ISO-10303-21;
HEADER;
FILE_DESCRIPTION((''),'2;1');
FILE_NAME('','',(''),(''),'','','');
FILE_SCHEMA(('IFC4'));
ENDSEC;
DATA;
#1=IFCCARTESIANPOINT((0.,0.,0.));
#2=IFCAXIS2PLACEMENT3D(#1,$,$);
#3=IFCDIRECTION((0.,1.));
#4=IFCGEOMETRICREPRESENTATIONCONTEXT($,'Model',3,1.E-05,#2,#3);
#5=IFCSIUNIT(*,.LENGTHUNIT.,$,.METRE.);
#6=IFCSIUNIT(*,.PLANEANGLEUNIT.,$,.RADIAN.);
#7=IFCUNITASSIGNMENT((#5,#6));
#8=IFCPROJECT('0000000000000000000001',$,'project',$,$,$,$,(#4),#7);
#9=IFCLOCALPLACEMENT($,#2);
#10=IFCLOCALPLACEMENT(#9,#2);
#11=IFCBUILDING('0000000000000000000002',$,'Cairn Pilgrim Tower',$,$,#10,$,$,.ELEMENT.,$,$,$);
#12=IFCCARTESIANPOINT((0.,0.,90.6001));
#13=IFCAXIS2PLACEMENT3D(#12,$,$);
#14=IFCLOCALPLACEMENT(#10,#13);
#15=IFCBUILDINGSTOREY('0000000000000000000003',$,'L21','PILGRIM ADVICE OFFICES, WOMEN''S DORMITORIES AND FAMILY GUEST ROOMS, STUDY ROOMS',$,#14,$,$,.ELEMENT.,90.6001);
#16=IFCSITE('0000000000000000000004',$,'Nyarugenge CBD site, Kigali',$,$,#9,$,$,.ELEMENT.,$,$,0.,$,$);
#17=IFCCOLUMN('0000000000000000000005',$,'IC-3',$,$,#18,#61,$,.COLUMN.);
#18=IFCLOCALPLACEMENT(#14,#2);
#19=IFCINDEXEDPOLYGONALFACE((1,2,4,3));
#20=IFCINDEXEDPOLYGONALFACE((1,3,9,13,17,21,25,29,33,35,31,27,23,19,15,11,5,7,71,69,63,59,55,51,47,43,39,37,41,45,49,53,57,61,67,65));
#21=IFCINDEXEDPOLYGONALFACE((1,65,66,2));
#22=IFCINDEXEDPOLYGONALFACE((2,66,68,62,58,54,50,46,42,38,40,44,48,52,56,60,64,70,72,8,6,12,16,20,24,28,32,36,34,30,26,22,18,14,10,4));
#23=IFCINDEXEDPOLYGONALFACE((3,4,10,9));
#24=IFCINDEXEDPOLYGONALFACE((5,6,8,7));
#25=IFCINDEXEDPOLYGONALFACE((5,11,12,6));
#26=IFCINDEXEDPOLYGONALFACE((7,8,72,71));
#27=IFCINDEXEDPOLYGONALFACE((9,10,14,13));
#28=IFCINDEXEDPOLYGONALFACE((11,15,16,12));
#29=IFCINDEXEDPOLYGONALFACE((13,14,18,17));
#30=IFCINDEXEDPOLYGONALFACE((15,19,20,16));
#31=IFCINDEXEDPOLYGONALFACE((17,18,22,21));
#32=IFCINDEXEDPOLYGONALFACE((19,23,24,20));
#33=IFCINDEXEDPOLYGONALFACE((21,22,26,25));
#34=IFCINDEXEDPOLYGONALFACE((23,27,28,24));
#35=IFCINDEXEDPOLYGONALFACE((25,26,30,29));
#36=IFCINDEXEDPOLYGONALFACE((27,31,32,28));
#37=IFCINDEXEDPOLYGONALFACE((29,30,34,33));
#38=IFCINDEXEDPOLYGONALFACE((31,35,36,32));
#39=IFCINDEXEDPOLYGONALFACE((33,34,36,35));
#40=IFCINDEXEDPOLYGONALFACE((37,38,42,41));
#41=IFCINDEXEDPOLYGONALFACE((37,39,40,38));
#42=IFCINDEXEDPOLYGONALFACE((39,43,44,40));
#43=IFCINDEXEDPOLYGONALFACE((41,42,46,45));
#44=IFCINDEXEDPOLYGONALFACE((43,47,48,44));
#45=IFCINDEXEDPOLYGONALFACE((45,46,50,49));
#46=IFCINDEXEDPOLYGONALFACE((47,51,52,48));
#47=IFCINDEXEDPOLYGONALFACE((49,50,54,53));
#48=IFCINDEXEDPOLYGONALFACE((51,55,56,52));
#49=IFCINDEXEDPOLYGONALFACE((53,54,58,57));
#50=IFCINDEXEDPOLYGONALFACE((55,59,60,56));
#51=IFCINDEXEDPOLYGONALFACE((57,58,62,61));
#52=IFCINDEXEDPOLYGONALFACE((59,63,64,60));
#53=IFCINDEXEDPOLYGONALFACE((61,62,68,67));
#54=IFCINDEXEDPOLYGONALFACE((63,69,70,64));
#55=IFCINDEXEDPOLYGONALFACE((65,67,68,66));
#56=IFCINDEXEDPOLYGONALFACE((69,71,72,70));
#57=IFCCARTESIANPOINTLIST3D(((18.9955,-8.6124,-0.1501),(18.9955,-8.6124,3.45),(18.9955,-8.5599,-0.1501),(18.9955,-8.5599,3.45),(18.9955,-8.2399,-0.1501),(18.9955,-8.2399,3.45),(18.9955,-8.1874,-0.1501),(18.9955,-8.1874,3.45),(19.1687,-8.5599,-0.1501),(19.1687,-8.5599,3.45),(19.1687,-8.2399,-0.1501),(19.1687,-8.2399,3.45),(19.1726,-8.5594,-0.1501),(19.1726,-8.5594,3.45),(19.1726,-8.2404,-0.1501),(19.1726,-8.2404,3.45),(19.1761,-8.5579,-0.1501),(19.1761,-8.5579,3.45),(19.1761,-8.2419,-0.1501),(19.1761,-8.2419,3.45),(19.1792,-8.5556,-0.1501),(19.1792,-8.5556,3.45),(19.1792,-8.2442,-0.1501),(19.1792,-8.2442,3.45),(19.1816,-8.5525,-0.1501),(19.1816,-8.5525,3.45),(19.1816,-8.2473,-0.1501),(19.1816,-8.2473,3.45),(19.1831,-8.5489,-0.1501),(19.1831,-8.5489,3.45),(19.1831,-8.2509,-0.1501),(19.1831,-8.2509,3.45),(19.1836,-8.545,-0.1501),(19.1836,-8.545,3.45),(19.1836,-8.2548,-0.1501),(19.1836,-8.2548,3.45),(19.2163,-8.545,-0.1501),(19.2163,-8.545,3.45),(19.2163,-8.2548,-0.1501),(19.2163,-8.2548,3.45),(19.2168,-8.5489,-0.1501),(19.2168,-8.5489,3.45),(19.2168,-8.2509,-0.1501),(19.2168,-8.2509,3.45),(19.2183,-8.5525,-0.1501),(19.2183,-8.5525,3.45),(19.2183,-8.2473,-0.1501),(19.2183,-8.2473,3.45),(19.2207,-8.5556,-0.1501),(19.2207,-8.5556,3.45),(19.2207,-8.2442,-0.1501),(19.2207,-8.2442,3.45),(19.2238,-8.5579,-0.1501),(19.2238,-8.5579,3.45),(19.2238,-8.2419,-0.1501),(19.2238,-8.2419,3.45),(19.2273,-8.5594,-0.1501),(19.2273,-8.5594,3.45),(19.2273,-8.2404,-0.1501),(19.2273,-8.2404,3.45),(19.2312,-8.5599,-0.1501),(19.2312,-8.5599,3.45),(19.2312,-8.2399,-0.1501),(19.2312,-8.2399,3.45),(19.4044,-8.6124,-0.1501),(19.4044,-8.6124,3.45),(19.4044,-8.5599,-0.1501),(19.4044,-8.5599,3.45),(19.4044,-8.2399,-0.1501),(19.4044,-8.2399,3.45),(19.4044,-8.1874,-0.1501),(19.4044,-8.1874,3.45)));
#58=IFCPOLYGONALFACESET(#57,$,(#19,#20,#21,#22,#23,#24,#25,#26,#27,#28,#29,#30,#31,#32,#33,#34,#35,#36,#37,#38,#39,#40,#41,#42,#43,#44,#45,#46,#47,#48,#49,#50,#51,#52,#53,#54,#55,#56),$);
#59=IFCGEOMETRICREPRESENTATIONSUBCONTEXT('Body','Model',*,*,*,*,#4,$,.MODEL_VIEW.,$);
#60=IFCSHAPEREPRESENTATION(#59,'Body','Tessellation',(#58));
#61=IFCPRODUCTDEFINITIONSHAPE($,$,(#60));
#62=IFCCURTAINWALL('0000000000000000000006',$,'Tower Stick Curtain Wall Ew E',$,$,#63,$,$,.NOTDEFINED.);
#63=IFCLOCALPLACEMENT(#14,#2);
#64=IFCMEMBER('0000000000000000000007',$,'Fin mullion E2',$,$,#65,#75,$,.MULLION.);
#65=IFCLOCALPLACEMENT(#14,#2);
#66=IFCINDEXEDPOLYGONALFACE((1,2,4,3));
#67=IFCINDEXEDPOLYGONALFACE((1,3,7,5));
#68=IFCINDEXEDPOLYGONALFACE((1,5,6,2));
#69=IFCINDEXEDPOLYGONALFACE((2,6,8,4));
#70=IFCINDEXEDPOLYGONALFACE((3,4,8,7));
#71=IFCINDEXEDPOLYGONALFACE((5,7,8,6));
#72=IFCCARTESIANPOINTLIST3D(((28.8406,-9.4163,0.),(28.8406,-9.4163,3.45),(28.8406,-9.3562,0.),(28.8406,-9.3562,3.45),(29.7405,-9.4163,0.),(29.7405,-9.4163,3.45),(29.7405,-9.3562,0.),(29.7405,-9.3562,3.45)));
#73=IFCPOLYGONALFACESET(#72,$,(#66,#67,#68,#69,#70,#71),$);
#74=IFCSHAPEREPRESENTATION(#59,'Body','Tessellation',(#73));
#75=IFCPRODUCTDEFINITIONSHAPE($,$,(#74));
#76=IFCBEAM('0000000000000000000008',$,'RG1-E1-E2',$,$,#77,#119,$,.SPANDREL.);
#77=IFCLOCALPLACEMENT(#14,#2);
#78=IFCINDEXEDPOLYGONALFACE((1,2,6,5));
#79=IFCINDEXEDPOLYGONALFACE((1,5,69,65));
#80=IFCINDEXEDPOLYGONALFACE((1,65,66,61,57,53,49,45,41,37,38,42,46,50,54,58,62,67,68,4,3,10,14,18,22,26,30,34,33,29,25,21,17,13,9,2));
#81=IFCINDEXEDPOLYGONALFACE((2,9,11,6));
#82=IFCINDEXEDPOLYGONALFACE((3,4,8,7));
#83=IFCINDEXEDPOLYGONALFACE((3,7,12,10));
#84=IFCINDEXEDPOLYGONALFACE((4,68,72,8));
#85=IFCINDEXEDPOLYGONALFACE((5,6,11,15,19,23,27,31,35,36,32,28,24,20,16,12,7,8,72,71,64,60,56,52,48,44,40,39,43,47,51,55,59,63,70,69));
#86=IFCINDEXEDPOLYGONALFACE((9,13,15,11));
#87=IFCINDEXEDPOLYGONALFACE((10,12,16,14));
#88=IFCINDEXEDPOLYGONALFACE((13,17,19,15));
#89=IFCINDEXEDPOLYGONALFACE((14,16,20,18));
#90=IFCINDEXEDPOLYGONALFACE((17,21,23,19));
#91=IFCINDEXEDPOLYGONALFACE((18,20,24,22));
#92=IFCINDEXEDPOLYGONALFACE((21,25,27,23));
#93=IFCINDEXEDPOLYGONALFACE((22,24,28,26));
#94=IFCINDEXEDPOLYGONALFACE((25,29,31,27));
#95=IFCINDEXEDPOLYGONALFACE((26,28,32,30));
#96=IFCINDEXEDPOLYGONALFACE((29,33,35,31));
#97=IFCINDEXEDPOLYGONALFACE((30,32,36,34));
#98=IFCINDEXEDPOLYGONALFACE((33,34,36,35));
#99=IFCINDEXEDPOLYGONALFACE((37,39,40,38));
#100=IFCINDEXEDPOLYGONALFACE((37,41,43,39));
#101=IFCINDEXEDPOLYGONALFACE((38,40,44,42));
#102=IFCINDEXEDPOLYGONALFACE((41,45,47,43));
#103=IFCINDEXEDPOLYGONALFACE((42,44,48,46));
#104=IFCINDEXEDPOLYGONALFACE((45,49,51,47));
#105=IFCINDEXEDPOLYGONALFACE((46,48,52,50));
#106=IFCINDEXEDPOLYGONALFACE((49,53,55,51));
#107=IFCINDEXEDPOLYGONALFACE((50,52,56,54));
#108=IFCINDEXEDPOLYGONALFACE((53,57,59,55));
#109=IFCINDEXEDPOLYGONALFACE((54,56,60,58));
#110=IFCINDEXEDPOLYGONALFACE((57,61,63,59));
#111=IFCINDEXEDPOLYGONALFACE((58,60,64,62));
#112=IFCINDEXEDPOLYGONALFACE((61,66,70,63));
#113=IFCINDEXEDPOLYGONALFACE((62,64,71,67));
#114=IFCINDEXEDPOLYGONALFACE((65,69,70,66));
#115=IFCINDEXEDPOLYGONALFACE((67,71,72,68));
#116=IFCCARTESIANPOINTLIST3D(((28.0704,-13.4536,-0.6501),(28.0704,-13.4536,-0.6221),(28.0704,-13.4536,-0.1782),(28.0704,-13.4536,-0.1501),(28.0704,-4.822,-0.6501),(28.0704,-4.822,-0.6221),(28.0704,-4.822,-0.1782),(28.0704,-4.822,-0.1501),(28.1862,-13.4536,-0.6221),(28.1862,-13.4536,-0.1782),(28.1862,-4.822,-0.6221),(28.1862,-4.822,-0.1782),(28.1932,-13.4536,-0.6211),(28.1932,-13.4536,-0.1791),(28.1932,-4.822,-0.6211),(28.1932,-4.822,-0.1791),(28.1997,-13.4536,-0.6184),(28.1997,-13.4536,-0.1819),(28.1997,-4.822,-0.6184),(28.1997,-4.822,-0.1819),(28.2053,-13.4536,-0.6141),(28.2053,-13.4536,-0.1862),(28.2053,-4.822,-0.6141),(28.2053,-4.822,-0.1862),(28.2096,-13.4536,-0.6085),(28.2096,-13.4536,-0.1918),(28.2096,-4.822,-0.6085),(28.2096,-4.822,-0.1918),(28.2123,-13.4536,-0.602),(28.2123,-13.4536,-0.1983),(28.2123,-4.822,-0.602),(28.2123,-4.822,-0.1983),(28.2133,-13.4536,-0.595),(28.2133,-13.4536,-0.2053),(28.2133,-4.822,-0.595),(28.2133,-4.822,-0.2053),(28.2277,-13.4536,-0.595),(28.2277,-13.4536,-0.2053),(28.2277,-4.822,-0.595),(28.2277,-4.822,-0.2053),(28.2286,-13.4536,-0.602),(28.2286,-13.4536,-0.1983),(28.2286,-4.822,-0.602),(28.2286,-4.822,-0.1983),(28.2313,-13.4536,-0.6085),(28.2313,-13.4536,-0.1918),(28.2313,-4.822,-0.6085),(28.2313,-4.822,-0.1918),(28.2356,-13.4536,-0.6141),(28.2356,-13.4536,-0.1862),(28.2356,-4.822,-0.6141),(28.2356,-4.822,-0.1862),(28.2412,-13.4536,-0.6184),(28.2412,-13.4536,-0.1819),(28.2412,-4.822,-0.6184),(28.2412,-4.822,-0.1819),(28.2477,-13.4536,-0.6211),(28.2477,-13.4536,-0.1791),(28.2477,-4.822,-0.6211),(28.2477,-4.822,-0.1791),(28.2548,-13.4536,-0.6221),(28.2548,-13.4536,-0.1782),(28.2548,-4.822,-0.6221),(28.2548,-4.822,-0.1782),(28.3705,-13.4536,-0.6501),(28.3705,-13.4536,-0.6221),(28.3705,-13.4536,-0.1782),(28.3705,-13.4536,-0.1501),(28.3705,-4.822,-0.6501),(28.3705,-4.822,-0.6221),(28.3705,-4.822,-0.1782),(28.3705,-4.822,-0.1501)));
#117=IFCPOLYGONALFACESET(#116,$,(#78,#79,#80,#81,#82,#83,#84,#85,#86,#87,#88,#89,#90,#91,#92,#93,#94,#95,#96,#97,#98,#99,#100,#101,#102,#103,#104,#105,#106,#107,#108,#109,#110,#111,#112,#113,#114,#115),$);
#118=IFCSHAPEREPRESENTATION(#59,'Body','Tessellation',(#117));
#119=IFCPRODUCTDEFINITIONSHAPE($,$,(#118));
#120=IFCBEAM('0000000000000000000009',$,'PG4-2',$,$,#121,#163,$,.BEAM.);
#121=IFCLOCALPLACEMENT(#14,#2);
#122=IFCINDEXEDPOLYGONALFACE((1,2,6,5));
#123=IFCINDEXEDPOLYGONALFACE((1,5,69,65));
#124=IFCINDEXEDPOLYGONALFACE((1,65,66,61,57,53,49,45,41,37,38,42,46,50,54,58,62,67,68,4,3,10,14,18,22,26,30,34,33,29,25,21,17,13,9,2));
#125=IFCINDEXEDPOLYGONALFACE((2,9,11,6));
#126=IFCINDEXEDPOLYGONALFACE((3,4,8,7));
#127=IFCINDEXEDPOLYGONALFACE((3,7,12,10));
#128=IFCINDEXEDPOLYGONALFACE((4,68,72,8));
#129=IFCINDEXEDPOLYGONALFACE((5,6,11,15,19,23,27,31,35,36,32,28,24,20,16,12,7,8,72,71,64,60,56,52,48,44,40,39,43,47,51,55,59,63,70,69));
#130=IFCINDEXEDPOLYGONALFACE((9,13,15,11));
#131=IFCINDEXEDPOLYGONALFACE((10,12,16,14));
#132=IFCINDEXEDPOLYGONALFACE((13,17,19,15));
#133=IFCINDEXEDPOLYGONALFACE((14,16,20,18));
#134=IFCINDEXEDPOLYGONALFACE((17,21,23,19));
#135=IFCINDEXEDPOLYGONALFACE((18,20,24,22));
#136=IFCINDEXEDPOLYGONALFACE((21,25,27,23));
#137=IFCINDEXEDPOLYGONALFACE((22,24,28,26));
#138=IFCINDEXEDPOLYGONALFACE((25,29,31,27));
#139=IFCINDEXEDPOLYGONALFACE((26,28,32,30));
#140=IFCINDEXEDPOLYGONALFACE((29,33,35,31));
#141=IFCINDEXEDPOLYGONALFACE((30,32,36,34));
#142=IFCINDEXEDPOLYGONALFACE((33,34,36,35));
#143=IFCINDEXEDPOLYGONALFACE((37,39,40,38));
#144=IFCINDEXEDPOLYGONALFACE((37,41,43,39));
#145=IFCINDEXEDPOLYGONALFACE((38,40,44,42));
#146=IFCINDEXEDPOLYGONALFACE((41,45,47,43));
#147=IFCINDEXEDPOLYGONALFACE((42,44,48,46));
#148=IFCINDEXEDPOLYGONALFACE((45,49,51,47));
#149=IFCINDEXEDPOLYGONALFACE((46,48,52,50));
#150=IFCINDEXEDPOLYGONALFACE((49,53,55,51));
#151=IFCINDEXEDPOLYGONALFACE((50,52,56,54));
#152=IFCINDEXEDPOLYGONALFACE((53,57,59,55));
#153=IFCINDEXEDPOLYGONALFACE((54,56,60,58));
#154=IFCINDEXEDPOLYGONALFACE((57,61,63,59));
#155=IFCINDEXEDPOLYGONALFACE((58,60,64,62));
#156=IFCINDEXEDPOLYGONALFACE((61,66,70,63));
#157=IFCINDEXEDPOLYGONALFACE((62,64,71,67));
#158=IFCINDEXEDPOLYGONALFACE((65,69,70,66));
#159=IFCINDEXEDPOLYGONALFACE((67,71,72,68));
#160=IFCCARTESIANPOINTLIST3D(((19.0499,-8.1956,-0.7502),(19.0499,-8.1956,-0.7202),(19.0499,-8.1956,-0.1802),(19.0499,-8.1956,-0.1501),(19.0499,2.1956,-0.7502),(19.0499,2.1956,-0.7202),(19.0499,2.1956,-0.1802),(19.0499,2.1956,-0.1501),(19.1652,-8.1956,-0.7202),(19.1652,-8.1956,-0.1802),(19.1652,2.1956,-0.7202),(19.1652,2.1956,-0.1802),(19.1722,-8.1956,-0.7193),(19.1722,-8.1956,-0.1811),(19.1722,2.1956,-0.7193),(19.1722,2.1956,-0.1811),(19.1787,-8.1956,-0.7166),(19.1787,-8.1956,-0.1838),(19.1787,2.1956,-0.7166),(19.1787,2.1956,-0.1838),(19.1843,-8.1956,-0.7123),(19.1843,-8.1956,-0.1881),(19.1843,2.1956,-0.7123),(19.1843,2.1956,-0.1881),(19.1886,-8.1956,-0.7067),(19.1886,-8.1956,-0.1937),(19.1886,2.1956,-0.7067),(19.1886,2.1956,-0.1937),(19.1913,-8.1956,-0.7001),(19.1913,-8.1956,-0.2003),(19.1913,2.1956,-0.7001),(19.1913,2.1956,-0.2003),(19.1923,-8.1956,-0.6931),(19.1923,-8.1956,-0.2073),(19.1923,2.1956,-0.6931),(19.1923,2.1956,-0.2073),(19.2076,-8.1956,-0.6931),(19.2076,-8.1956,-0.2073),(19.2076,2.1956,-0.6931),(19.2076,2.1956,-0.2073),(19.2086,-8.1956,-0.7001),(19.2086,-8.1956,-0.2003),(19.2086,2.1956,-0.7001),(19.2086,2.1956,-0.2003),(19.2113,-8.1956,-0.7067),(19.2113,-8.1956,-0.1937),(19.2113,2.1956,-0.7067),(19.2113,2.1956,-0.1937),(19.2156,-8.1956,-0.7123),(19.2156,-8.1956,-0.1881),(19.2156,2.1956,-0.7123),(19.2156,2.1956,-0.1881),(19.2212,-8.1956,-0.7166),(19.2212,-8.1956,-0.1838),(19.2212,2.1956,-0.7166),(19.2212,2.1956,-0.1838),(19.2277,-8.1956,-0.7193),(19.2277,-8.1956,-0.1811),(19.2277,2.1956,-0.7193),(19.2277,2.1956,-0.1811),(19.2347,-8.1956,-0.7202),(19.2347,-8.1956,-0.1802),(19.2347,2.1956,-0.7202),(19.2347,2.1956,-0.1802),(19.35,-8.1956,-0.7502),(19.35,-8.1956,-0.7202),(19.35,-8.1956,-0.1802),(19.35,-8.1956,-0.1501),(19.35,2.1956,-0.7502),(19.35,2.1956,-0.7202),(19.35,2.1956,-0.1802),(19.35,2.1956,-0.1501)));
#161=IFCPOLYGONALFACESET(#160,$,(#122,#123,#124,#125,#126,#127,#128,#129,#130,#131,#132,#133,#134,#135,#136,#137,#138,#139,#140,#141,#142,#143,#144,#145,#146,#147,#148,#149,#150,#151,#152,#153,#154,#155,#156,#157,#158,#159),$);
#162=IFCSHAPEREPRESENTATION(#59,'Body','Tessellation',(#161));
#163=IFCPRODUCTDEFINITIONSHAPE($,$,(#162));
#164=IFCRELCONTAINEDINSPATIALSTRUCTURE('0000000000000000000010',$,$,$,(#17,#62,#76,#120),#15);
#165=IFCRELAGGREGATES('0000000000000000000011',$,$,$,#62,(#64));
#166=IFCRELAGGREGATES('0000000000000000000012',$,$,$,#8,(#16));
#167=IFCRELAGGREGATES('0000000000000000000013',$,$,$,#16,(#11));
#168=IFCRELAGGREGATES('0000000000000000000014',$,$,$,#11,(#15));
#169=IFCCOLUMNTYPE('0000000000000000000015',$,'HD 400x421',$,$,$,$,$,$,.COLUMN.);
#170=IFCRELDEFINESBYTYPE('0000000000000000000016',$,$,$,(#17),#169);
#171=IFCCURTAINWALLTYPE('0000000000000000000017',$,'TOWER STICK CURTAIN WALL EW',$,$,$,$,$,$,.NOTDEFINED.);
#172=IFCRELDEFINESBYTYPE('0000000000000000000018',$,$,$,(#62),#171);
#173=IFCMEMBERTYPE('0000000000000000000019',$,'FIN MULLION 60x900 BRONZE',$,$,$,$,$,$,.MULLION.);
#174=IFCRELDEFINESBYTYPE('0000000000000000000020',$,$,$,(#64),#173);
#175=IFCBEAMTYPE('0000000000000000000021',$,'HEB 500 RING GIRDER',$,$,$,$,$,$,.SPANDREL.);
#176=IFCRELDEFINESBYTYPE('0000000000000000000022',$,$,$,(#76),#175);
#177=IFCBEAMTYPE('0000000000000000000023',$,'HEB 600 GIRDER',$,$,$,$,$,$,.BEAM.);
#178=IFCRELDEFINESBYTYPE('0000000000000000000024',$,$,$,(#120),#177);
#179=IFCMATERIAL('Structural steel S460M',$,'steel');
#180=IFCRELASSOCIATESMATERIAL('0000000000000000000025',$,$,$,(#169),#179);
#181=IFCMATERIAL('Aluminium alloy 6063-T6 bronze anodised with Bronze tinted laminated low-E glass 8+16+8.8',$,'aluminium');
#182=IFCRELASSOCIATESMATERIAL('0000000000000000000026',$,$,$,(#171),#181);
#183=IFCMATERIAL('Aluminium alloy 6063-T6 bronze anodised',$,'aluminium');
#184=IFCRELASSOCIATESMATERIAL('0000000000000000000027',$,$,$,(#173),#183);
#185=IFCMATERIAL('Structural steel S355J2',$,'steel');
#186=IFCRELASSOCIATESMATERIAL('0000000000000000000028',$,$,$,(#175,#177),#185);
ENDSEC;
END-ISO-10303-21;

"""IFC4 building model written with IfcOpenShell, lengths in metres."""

from ifc_helpers import new_model, si_unit, direction, frame, origin, origin_2d, place, context, subcontext, project, spatial, rectangle, i_section, extrude, material, material_profile, profile_set, type_object, element, aggregate, save


model = new_model("IFC4")

# Units and contexts
model_context = context("Model", 3, precision=1e-05, world=origin(), true_north=direction((0.0, 1.0)))
body_context = subcontext(model_context, "Body", "Model", "MODEL_VIEW")
ifc_project = project(units=[si_unit("LENGTHUNIT", "METRE"), si_unit("PLANEANGLEUNIT", "RADIAN")], contexts=[model_context])

# Site, building, storey
site_placement = place(None, origin())
site = spatial("IfcSite", under=ifc_project, at=site_placement, Name="Nyarugenge CBD site, Kigali", CompositionType="ELEMENT", RefElevation=0.0)
building_placement = place(site_placement, origin())
building = spatial("IfcBuilding", under=site, at=building_placement, Name="Cairn Pilgrim Tower", CompositionType="ELEMENT")
storey_placement = place(building_placement, frame((0.0, 0.0, 90.6001)))
storey = spatial("IfcBuildingStorey", under=building, at=storey_placement, Name="L21", Description="PILGRIM ADVICE OFFICES, WOMEN'S DORMITORIES AND FAMILY GUEST ROOMS, STUDY ROOMS", CompositionType="ELEMENT", Elevation=90.6001)

# Column
ifc_material_1 = material(Name="Structural steel S460M", Category="steel")
ifc_material_profile_1 = material_profile(ifc_material_1, i_section(OverallWidth=0.4089, OverallDepth=0.425, WebThickness=0.0327, FlangeThickness=0.0525, FilletRadius=0.0149, at=origin_2d()), Name="HD 400x421")
ifc_profile_set_1 = profile_set([ifc_material_profile_1], Name="Structural steel S460M")
column_type_1 = type_object("IfcColumnType", Name="HD 400x421", PredefinedType="COLUMN", material=ifc_profile_set_1)
column_1_placement = place(storey_placement, frame((19.2, -8.3999, -0.1501), z_axis=(0.0, 0.0, 1.0), x_axis=(1.0, 0.0, 0.0)))
element("IfcColumn", 1, at=column_1_placement, inside=storey, type_object=column_type_1, Name="IC-3", PredefinedType="COLUMN", context=body_context, shape_type="SweptSolid", body=[
    extrude(i_section(OverallWidth=0.4089, OverallDepth=0.425, WebThickness=0.0327, FlangeThickness=0.0525, FilletRadius=0.0149, at=origin_2d()), origin(), (0.0, 0.0, 1.0), 3.6001),
])

# Curtain wall, member
ifc_material_2 = material(Name="Aluminium alloy 6063-T6 bronze anodised with Bronze tinted laminated low-E glass 8+16+8.8", Category="aluminium")
curtain_wall_type = type_object("IfcCurtainWallType", Name="TOWER STICK CURTAIN WALL EW", PredefinedType="NOTDEFINED", material=ifc_material_2)
curtain_wall_placement = place(storey_placement, origin())
curtain_wall = element("IfcCurtainWall", 2, at=curtain_wall_placement, inside=storey, type_object=curtain_wall_type, Name="Tower Stick Curtain Wall Ew E", PredefinedType="NOTDEFINED")
ifc_material_3 = material(Name="Aluminium alloy 6063-T6 bronze anodised", Category="aluminium")
ifc_material_profile_2 = material_profile(ifc_material_3, rectangle(XDim=0.8999, YDim=0.0601, at=origin_2d()), Name="FIN MULLION 60x900 BRONZE")
ifc_profile_set_2 = profile_set([ifc_material_profile_2], Name="Aluminium alloy 6063-T6 bronze anodised")
member_type_1 = type_object("IfcMemberType", Name="FIN MULLION 60x900 BRONZE", PredefinedType="MULLION", material=ifc_profile_set_2)
member_1_placement = place(storey_placement, frame((29.2905, -9.3862, 0.0), z_axis=(0.0, 0.0, 1.0), x_axis=(1.0, 0.0, 0.0)))
member_1 = element("IfcMember", 3, at=member_1_placement, type_object=member_type_1, Name="Fin mullion E2", PredefinedType="MULLION", context=body_context, shape_type="SweptSolid", body=[
    extrude(rectangle(XDim=0.8999, YDim=0.0601, at=origin_2d()), origin(), (0.0, 0.0, 1.0), 3.45),
])

# Beams
ifc_material_4 = material(Name="Structural steel S355J2", Category="steel")
ifc_material_profile_3 = material_profile(ifc_material_4, i_section(OverallWidth=0.3, OverallDepth=0.5, WebThickness=0.0144, FlangeThickness=0.0281, FilletRadius=0.0271, at=origin_2d()), Name="HEB 500")
ifc_profile_set_3 = profile_set([ifc_material_profile_3], Name="Structural steel S355J2")
beam_type_1 = type_object("IfcBeamType", Name="HEB 500 RING GIRDER", PredefinedType="SPANDREL", material=ifc_profile_set_3)
beam_1_placement = place(storey_placement, frame((28.2205, -13.4536, -0.4001), z_axis=(0.0, 1.0, 0.0), x_axis=(-1.0, 0.0, 0.0)))
element("IfcBeam", 4, at=beam_1_placement, inside=storey, type_object=beam_type_1, Name="RG1-E1-E2", PredefinedType="SPANDREL", context=body_context, shape_type="SweptSolid", body=[
    extrude(i_section(OverallWidth=0.3, OverallDepth=0.5, WebThickness=0.0144, FlangeThickness=0.0281, FilletRadius=0.0271, at=origin_2d()), origin(), (0.0, 0.0, 1.0), 8.6316),
])
ifc_material_profile_4 = material_profile(ifc_material_4, i_section(OverallWidth=0.3, OverallDepth=0.6001, WebThickness=0.0154, FlangeThickness=0.03, FilletRadius=0.0271, at=origin_2d()), Name="HEB 600")
ifc_profile_set_4 = profile_set([ifc_material_profile_4], Name="Structural steel S355J2")
beam_type_2 = type_object("IfcBeamType", Name="HEB 600 GIRDER", PredefinedType="BEAM", material=ifc_profile_set_4)
beam_2_placement = place(storey_placement, frame((19.2, -8.1956, -0.4502), z_axis=(0.0, 1.0, 0.0), x_axis=(-1.0, 0.0, 0.0)))
element("IfcBeam", 5, at=beam_2_placement, inside=storey, type_object=beam_type_2, Name="PG4-2", PredefinedType="BEAM", context=body_context, shape_type="SweptSolid", body=[
    extrude(i_section(OverallWidth=0.3, OverallDepth=0.6001, WebThickness=0.0154, FlangeThickness=0.03, FilletRadius=0.0271, at=origin_2d()), origin(), (0.0, 0.0, 1.0), 10.3911),
])

aggregate(curtain_wall, [member_1])

save(model, "model.ifc")
